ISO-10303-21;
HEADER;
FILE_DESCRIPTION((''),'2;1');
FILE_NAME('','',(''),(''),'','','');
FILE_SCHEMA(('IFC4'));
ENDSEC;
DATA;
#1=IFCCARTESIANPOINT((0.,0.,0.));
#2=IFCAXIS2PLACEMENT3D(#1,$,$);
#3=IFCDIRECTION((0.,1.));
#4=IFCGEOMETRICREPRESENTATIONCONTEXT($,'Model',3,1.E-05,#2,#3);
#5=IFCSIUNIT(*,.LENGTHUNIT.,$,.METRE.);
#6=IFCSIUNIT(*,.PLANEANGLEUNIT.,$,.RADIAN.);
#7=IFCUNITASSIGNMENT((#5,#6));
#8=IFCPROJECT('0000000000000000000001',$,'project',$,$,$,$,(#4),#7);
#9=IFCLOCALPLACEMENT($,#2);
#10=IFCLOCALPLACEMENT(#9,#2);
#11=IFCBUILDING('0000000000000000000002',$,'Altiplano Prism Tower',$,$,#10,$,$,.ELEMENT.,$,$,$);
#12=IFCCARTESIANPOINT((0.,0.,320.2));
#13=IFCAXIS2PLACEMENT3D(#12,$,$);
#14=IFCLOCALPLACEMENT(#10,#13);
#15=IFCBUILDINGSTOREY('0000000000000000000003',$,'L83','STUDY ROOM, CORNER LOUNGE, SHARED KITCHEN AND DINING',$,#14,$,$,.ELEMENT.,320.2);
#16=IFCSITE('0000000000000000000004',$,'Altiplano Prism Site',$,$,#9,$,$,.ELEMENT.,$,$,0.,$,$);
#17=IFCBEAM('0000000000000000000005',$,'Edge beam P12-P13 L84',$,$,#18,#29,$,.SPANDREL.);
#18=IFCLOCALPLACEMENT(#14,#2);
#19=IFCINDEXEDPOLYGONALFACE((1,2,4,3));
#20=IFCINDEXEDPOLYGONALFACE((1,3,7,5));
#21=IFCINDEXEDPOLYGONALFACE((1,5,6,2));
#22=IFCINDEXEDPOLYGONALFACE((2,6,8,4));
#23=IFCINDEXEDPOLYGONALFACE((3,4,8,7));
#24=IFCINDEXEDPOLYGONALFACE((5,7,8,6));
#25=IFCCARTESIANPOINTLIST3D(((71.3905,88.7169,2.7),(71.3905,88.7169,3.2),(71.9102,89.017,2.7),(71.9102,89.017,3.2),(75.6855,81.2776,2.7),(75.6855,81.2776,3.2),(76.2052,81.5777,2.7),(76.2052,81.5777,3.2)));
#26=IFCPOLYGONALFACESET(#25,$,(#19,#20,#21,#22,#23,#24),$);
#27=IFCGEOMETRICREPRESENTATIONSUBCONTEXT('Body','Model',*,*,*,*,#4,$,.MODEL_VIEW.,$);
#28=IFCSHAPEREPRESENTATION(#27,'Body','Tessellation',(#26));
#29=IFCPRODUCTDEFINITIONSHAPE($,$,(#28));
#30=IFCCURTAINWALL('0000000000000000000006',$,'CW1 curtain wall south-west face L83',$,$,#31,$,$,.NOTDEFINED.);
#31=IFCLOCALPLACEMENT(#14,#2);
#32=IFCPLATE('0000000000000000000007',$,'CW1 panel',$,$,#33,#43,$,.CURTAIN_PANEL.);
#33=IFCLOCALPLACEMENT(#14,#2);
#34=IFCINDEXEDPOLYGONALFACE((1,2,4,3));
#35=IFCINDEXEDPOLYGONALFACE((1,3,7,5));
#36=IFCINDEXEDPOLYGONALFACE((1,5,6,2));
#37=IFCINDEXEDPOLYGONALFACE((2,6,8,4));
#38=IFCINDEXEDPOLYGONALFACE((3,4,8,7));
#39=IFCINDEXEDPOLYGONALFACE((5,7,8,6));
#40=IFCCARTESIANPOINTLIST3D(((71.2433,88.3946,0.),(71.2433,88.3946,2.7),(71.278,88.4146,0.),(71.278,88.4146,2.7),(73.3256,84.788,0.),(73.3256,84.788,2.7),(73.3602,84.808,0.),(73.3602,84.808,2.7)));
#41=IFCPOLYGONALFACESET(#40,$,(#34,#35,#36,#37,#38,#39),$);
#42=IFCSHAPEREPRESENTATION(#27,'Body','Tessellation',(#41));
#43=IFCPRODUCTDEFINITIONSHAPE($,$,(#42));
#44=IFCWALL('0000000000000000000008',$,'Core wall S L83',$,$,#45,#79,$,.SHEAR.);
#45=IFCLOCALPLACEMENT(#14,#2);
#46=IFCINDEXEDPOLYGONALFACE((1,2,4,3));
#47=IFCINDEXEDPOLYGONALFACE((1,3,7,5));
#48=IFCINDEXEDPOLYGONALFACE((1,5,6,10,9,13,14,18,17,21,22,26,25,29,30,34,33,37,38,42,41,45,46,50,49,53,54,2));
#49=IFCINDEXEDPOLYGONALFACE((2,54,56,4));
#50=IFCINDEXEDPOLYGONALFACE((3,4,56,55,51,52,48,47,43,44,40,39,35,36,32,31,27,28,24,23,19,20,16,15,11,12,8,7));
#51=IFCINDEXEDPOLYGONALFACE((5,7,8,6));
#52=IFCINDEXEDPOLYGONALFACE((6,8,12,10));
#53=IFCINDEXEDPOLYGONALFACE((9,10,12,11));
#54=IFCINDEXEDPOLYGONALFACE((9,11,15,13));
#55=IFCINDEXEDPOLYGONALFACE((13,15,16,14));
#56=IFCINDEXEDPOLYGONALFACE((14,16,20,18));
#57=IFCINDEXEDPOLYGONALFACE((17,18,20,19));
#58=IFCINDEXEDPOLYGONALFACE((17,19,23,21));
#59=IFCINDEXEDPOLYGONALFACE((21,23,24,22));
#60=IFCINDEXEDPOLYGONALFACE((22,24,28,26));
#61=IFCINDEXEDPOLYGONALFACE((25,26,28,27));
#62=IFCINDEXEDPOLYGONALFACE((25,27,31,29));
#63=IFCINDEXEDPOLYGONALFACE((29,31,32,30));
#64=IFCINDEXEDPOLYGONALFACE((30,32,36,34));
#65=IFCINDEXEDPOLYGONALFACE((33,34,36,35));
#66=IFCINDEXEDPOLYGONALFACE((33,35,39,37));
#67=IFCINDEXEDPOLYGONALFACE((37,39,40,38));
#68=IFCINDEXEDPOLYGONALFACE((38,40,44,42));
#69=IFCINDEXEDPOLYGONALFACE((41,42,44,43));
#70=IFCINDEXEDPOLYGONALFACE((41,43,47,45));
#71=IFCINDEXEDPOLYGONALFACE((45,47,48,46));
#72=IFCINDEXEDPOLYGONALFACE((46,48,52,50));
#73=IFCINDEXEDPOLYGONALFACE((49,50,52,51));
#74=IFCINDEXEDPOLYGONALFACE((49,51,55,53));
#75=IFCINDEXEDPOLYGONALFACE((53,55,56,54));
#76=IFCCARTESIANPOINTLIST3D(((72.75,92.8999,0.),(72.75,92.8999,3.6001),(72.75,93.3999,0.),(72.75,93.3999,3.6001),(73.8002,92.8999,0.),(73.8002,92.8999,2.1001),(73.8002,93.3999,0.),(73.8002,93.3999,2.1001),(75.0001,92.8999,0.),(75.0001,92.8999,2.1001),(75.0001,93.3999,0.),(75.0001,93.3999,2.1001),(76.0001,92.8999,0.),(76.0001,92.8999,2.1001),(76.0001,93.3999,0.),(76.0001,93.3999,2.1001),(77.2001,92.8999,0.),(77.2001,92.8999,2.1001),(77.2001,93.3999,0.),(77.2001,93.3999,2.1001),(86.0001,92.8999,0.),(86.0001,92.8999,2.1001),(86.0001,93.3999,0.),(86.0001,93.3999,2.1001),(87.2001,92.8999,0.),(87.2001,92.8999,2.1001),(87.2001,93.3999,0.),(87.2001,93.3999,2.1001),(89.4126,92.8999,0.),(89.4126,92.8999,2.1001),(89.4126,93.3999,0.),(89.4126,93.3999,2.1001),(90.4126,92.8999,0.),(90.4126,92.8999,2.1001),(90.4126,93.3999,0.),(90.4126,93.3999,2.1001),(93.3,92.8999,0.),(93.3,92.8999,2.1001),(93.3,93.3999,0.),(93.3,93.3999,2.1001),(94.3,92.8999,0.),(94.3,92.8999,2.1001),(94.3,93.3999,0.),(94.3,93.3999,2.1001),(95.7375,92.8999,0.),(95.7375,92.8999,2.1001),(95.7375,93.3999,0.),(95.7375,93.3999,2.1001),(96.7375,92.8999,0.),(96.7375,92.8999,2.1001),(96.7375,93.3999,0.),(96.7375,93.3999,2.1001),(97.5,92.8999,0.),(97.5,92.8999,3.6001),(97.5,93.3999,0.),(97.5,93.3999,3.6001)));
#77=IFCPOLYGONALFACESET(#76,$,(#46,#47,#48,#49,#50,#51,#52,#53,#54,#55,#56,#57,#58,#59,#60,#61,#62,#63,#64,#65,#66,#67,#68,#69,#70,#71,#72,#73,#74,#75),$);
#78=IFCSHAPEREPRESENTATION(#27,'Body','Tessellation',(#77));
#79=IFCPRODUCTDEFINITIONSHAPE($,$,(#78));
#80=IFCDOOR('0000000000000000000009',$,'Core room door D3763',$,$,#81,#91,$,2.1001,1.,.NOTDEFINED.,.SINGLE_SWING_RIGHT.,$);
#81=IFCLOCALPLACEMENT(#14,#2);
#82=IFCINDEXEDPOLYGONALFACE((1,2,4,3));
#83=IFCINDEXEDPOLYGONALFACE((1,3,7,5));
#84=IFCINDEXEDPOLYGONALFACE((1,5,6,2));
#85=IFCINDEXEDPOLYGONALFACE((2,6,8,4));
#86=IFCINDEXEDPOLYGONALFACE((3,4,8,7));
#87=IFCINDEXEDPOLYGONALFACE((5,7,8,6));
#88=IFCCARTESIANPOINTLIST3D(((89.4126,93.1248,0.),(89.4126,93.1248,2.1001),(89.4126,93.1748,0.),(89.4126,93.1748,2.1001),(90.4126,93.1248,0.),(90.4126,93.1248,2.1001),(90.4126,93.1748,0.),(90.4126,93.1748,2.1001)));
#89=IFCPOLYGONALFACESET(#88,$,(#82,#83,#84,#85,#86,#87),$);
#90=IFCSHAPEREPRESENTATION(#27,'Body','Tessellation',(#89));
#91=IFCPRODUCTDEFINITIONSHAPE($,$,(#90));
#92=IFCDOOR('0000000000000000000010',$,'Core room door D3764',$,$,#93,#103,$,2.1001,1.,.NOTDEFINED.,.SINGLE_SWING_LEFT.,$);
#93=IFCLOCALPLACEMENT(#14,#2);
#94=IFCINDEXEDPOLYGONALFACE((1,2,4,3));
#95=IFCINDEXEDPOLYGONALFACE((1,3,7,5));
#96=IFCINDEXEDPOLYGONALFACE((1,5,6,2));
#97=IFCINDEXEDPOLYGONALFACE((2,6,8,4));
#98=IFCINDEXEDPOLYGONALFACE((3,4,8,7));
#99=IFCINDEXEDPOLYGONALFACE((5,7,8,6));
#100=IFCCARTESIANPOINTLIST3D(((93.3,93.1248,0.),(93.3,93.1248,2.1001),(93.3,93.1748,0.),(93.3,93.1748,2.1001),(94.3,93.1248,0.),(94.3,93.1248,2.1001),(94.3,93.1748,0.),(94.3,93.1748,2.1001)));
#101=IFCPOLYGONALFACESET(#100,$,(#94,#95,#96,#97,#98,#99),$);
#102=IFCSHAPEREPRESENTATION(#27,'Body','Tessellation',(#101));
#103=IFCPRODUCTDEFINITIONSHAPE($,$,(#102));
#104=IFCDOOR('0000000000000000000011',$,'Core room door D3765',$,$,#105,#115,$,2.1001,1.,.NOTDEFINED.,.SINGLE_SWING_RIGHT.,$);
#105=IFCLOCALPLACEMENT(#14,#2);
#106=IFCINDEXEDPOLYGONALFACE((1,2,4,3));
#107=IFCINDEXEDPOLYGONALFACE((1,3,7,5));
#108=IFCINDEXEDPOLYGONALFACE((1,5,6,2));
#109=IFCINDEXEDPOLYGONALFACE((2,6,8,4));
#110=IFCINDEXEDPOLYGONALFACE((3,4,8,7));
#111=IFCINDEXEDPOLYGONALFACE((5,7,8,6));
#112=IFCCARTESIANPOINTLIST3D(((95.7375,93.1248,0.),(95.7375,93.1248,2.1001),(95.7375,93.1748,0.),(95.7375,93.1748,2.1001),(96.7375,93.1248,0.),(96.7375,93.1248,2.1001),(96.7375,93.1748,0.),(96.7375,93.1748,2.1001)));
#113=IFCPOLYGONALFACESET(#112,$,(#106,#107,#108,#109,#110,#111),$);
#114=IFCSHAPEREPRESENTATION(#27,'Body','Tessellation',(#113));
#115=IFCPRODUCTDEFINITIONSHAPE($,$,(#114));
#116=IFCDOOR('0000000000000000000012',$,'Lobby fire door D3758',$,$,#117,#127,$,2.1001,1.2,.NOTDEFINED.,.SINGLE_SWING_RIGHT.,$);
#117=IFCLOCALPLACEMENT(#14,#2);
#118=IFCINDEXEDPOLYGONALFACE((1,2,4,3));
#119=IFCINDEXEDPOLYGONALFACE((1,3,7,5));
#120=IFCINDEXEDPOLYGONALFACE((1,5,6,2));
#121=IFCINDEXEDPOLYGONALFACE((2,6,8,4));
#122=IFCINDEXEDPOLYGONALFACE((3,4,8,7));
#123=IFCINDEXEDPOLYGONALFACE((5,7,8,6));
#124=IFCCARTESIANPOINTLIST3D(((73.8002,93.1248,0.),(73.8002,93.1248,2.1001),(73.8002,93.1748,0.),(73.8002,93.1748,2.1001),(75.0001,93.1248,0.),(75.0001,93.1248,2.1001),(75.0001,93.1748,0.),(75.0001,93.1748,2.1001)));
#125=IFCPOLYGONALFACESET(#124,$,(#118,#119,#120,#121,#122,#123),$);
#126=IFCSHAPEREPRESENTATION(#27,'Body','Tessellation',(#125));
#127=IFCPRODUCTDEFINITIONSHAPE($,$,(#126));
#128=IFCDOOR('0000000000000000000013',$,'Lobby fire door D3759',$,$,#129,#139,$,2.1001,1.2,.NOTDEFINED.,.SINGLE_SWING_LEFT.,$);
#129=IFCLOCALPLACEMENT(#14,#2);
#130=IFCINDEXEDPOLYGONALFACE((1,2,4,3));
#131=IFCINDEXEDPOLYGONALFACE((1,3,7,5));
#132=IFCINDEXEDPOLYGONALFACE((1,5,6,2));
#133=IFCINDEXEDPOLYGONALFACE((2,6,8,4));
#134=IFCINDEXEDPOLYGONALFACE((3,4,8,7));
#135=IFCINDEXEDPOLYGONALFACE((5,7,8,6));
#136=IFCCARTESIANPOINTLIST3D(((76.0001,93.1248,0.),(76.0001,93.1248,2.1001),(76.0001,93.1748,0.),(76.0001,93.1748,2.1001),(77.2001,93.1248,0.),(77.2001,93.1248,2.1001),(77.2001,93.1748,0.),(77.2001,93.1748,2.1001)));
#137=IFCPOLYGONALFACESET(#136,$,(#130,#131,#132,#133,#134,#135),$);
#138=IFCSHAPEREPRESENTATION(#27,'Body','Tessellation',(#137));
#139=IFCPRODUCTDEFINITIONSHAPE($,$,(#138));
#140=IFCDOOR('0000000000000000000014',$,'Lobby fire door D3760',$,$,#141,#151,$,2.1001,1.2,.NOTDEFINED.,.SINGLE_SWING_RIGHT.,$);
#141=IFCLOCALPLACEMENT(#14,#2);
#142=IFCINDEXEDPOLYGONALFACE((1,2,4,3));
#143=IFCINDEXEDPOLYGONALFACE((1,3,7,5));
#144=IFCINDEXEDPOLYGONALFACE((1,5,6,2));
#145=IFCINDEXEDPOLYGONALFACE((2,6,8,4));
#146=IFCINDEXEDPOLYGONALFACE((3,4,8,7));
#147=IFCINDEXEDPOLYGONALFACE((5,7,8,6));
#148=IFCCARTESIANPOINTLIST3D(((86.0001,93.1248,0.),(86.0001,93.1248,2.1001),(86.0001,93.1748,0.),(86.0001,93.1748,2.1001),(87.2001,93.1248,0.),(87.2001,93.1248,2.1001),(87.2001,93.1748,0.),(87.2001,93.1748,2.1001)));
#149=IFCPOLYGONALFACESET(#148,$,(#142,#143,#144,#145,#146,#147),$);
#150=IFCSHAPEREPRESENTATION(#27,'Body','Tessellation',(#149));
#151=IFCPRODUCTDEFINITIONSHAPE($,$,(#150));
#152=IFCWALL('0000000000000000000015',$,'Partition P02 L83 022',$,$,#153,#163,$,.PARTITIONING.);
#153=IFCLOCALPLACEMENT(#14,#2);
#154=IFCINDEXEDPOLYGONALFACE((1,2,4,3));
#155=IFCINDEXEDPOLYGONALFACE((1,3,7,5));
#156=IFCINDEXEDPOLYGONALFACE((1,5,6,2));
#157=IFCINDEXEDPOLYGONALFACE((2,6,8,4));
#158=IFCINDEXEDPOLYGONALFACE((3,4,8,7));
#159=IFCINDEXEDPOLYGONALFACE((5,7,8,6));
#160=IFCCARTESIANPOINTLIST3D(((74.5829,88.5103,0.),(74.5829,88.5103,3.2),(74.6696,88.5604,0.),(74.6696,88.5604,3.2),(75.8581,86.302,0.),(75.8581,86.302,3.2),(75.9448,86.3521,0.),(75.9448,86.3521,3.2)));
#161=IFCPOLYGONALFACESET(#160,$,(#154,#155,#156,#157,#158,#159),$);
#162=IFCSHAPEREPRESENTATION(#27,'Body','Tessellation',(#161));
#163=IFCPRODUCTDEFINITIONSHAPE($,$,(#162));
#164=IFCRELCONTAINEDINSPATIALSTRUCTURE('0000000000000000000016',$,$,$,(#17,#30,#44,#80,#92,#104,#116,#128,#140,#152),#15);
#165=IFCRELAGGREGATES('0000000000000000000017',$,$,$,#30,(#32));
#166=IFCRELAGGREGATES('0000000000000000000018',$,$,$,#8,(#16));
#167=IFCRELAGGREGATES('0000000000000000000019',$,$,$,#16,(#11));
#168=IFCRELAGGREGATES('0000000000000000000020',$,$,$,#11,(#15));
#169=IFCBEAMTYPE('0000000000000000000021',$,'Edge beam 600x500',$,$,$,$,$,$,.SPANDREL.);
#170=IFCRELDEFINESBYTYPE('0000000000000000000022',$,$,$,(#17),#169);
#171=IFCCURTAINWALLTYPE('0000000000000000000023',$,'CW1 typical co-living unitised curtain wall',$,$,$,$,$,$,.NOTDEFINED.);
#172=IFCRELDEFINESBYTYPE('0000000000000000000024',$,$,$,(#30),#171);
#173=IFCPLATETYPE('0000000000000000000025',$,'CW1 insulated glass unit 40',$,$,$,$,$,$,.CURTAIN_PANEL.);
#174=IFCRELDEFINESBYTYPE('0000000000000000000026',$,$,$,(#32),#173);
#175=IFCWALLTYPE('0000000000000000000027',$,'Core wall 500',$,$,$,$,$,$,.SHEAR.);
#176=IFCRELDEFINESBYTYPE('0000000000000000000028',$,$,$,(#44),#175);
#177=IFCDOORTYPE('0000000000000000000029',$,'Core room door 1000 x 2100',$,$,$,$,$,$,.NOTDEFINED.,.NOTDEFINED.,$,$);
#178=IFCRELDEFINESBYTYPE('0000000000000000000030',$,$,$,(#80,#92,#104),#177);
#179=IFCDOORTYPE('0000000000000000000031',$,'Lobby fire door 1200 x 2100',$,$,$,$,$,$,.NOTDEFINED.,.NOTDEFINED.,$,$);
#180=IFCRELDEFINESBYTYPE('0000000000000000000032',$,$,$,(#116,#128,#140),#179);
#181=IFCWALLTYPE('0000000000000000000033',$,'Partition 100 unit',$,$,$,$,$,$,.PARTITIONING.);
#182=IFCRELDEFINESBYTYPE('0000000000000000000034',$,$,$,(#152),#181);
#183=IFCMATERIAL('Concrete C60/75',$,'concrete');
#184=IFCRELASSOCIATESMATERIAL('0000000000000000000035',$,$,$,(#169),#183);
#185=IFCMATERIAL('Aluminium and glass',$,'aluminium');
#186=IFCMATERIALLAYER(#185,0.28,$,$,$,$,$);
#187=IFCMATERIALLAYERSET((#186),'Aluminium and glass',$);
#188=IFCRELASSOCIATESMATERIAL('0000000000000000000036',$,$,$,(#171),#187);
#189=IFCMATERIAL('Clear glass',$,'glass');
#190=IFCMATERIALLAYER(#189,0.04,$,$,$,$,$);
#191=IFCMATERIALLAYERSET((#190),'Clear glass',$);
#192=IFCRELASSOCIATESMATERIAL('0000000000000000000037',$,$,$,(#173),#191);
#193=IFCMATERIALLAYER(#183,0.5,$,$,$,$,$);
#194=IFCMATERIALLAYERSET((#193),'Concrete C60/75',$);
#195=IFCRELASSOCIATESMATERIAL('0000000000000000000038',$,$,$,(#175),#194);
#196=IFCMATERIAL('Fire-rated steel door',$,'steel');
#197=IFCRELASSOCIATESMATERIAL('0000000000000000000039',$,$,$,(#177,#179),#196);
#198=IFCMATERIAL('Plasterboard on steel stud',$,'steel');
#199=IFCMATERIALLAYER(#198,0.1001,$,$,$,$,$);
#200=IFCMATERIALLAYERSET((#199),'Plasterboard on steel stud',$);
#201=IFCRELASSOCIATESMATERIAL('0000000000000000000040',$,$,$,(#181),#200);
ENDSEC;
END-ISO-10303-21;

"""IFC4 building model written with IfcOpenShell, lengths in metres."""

from ifc_helpers import new_model, si_unit, direction, frame, frame_2d, origin, origin_2d, place, context, subcontext, project, spatial, rectangle, extrude, material, layer, layer_set, material_profile, profile_set, type_object, element, fill, aggregate, save


model = new_model("IFC4")

# Units and contexts
model_context = context("Model", 3, precision=1e-05, world=origin(), true_north=direction((0.0, 1.0)))
body_context = subcontext(model_context, "Body", "Model", "MODEL_VIEW")
ifc_project = project(units=[si_unit("LENGTHUNIT", "METRE"), si_unit("PLANEANGLEUNIT", "RADIAN")], contexts=[model_context])

# Site, building, storey
site_placement = place(None, origin())
site = spatial("IfcSite", under=ifc_project, at=site_placement, Name="Altiplano Prism Site", CompositionType="ELEMENT", RefElevation=0.0)
building_placement = place(site_placement, origin())
building = spatial("IfcBuilding", under=site, at=building_placement, Name="Altiplano Prism Tower", CompositionType="ELEMENT")
storey_placement = place(building_placement, frame((0.0, 0.0, 320.2)))
storey = spatial("IfcBuildingStorey", under=building, at=storey_placement, Name="L83", Description="STUDY ROOM, CORNER LOUNGE, SHARED KITCHEN AND DINING", CompositionType="ELEMENT", Elevation=320.2)

# Beam
ifc_material_1 = material(Name="Concrete C60/75", Category="concrete")
ifc_material_profile = material_profile(ifc_material_1, rectangle(XDim=0.6001, YDim=0.5, at=origin_2d()), Name="Edge beam 600x500")
ifc_profile_set = profile_set([ifc_material_profile], Name="Concrete C60/75")
beam_type = type_object("IfcBeamType", Name="Edge beam 600x500", PredefinedType="SPANDREL", material=ifc_profile_set)
beam_placement = place(storey_placement, frame((71.6504, 88.8669, 2.95), z_axis=(0.499991, -0.866031, 0.0), x_axis=(0.866031, 0.499991, 0.0)))
element("IfcBeam", 1, at=beam_placement, inside=storey, type_object=beam_type, Name="Edge beam P12-P13 L84", PredefinedType="SPANDREL", context=body_context, shape_type="SweptSolid", body=[
    extrude(rectangle(XDim=0.6001, YDim=0.5, at=origin_2d()), origin(), (0.0, 0.0, 1.0), 8.5901),
])

# Curtain wall, plate
ifc_material_2 = material(Name="Aluminium and glass", Category="aluminium")
ifc_layer_1 = layer(ifc_material_2, 0.28)
ifc_layer_set_1 = layer_set([ifc_layer_1], Name="Aluminium and glass")
curtain_wall_type = type_object("IfcCurtainWallType", Name="CW1 typical co-living unitised curtain wall", PredefinedType="NOTDEFINED", material=ifc_layer_set_1)
curtain_wall_placement = place(storey_placement, origin())
curtain_wall = element("IfcCurtainWall", 2, at=curtain_wall_placement, inside=storey, type_object=curtain_wall_type, Name="CW1 curtain wall south-west face L83", PredefinedType="NOTDEFINED")
ifc_material_3 = material(Name="Clear glass", Category="glass")
ifc_layer_2 = layer(ifc_material_3, 0.04)
ifc_layer_set_2 = layer_set([ifc_layer_2], Name="Clear glass")
plate_type = type_object("IfcPlateType", Name="CW1 insulated glass unit 40", PredefinedType="CURTAIN_PANEL", material=ifc_layer_set_2)
plate_placement = place(storey_placement, frame((72.3018, 86.6013, 0.0), z_axis=(0.0, 0.0, 1.0), x_axis=(0.5, -0.866025, 0.0)))
plate = element("IfcPlate", 3, at=plate_placement, type_object=plate_type, Name="CW1 panel", PredefinedType="CURTAIN_PANEL", context=body_context, shape_type="SweptSolid", body=[
    extrude(rectangle(XDim=4.1646, YDim=0.04, at=origin_2d()), origin(), (0.0, 0.0, 1.0), 2.7),
])
aggregate(curtain_wall, [plate])

# Wall, openings, doors
ifc_layer_3 = layer(ifc_material_1, 0.5)
ifc_layer_set_3 = layer_set([ifc_layer_3], Name="Concrete C60/75")
wall_type_1 = type_object("IfcWallType", Name="Core wall 500", PredefinedType="SHEAR", material=ifc_layer_set_3)
wall_1_placement = place(storey_placement, frame((72.75, 93.1499, 0.0), z_axis=(0.0, 0.0, 1.0), x_axis=(1.0, 0.0, 0.0)))
wall_1 = element("IfcWall", 4, at=wall_1_placement, inside=storey, type_object=wall_type_1, Name="Core wall S L83", PredefinedType="SHEAR", context=body_context, shape_type="SweptSolid", body=[
    extrude(rectangle(XDim=24.75, YDim=0.5, at=frame_2d((12.375, 0.0))), origin(), (0.0, 0.0, 1.0), 3.6001),
])
opening_1_placement = place(wall_1_placement, frame((1.05, 0.0, 0.0)))
opening_1 = element("IfcOpeningElement", 5, at=opening_1_placement, cuts=wall_1, PredefinedType="OPENING", context=body_context, shape_type="SweptSolid", body=[
    extrude(rectangle(XDim=1.2, YDim=2.1001, at=frame_2d((0.6001, 1.05))), frame((0.0, 0.2605, 0.0), z_axis=(0.0, -1.0, 0.0), x_axis=(1.0, 0.0, 0.0)), (0.0, 0.0, 1.0), 0.521),
])
opening_2_placement = place(wall_1_placement, frame((3.25, 0.0, 0.0)))
opening_2 = element("IfcOpeningElement", 6, at=opening_2_placement, cuts=wall_1, PredefinedType="OPENING", context=body_context, shape_type="SweptSolid", body=[
    extrude(rectangle(XDim=1.2, YDim=2.1001, at=frame_2d((0.6001, 1.05))), frame((0.0, 0.2605, 0.0), z_axis=(0.0, -1.0, 0.0), x_axis=(1.0, 0.0, 0.0)), (0.0, 0.0, 1.0), 0.521),
])
opening_3_placement = place(wall_1_placement, frame((13.25, 0.0, 0.0)))
opening_3 = element("IfcOpeningElement", 7, at=opening_3_placement, cuts=wall_1, PredefinedType="OPENING", context=body_context, shape_type="SweptSolid", body=[
    extrude(rectangle(XDim=1.2, YDim=2.1001, at=frame_2d((0.6001, 1.05))), frame((0.0, 0.2605, 0.0), z_axis=(0.0, -1.0, 0.0), x_axis=(1.0, 0.0, 0.0)), (0.0, 0.0, 1.0), 0.521),
])
opening_4_placement = place(wall_1_placement, frame((16.6626, 0.0, 0.0)))
opening_4 = element("IfcOpeningElement", 8, at=opening_4_placement, cuts=wall_1, PredefinedType="OPENING", context=body_context, shape_type="SweptSolid", body=[
    extrude(rectangle(XDim=1.0, YDim=2.1001, at=frame_2d((0.5, 1.05))), frame((0.0, 0.2605, 0.0), z_axis=(0.0, -1.0, 0.0), x_axis=(1.0, 0.0, 0.0)), (0.0, 0.0, 1.0), 0.521),
])
opening_5_placement = place(wall_1_placement, frame((20.55, 0.0, 0.0)))
opening_5 = element("IfcOpeningElement", 9, at=opening_5_placement, cuts=wall_1, PredefinedType="OPENING", context=body_context, shape_type="SweptSolid", body=[
    extrude(rectangle(XDim=1.0, YDim=2.1001, at=frame_2d((0.5, 1.05))), frame((0.0, 0.2605, 0.0), z_axis=(0.0, -1.0, 0.0), x_axis=(1.0, 0.0, 0.0)), (0.0, 0.0, 1.0), 0.521),
])
opening_6_placement = place(wall_1_placement, frame((22.9875, 0.0, 0.0)))
opening_6 = element("IfcOpeningElement", 10, at=opening_6_placement, cuts=wall_1, PredefinedType="OPENING", context=body_context, shape_type="SweptSolid", body=[
    extrude(rectangle(XDim=1.0, YDim=2.1001, at=frame_2d((0.5, 1.05))), frame((0.0, 0.2605, 0.0), z_axis=(0.0, -1.0, 0.0), x_axis=(1.0, 0.0, 0.0)), (0.0, 0.0, 1.0), 0.521),
])
ifc_material_4 = material(Name="Fire-rated steel door", Category="steel")
door_type_1 = type_object("IfcDoorType", Name="Core room door 1000 x 2100", OperationType="NOTDEFINED", PredefinedType="NOTDEFINED", material=ifc_material_4)
door_1_placement = place(opening_4_placement, origin())
door_1 = element("IfcDoor", 11, at=door_1_placement, inside=storey, type_object=door_type_1, Name="Core room door D3763", OperationType="SINGLE_SWING_RIGHT", OverallHeight=2.1001, OverallWidth=1.0, PredefinedType="NOTDEFINED", context=body_context, shape_type="SweptSolid", body=[
    extrude(rectangle(XDim=1.0, YDim=2.1001, at=frame_2d((0.5, 1.05))), frame((0.0, 0.0249, 0.0), z_axis=(0.0, -1.0, 0.0), x_axis=(1.0, 0.0, 0.0)), (0.0, 0.0, 1.0), 0.05),
])
fill(opening_4, door_1)
door_2_placement = place(opening_5_placement, origin())
door_2 = element("IfcDoor", 12, at=door_2_placement, inside=storey, type_object=door_type_1, Name="Core room door D3764", OperationType="SINGLE_SWING_LEFT", OverallHeight=2.1001, OverallWidth=1.0, PredefinedType="NOTDEFINED", context=body_context, shape_type="SweptSolid", body=[
    extrude(rectangle(XDim=1.0, YDim=2.1001, at=frame_2d((0.5, 1.05))), frame((0.0, 0.0249, 0.0), z_axis=(0.0, -1.0, 0.0), x_axis=(1.0, 0.0, 0.0)), (0.0, 0.0, 1.0), 0.05),
])
fill(opening_5, door_2)
door_3_placement = place(opening_6_placement, origin())
door_3 = element("IfcDoor", 13, at=door_3_placement, inside=storey, type_object=door_type_1, Name="Core room door D3765", OperationType="SINGLE_SWING_RIGHT", OverallHeight=2.1001, OverallWidth=1.0, PredefinedType="NOTDEFINED", context=body_context, shape_type="SweptSolid", body=[
    extrude(rectangle(XDim=1.0, YDim=2.1001, at=frame_2d((0.5, 1.05))), frame((0.0, 0.0249, 0.0), z_axis=(0.0, -1.0, 0.0), x_axis=(1.0, 0.0, 0.0)), (0.0, 0.0, 1.0), 0.05),
])
fill(opening_6, door_3)
door_type_2 = type_object("IfcDoorType", Name="Lobby fire door 1200 x 2100", OperationType="NOTDEFINED", PredefinedType="NOTDEFINED", material=ifc_material_4)
door_4_placement = place(opening_1_placement, origin())
door_4 = element("IfcDoor", 14, at=door_4_placement, inside=storey, type_object=door_type_2, Name="Lobby fire door D3758", OperationType="SINGLE_SWING_RIGHT", OverallHeight=2.1001, OverallWidth=1.2, PredefinedType="NOTDEFINED", context=body_context, shape_type="SweptSolid", body=[
    extrude(rectangle(XDim=1.2, YDim=2.1001, at=frame_2d((0.6001, 1.05))), frame((0.0, 0.0249, 0.0), z_axis=(0.0, -1.0, 0.0), x_axis=(1.0, 0.0, 0.0)), (0.0, 0.0, 1.0), 0.05),
])
fill(opening_1, door_4)
door_5_placement = place(opening_2_placement, origin())
door_5 = element("IfcDoor", 15, at=door_5_placement, inside=storey, type_object=door_type_2, Name="Lobby fire door D3759", OperationType="SINGLE_SWING_LEFT", OverallHeight=2.1001, OverallWidth=1.2, PredefinedType="NOTDEFINED", context=body_context, shape_type="SweptSolid", body=[
    extrude(rectangle(XDim=1.2, YDim=2.1001, at=frame_2d((0.6001, 1.05))), frame((0.0, 0.0249, 0.0), z_axis=(0.0, -1.0, 0.0), x_axis=(1.0, 0.0, 0.0)), (0.0, 0.0, 1.0), 0.05),
])
fill(opening_2, door_5)
door_6_placement = place(opening_3_placement, origin())
door_6 = element("IfcDoor", 16, at=door_6_placement, inside=storey, type_object=door_type_2, Name="Lobby fire door D3760", OperationType="SINGLE_SWING_RIGHT", OverallHeight=2.1001, OverallWidth=1.2, PredefinedType="NOTDEFINED", context=body_context, shape_type="SweptSolid", body=[
    extrude(rectangle(XDim=1.2, YDim=2.1001, at=frame_2d((0.6001, 1.05))), frame((0.0, 0.0249, 0.0), z_axis=(0.0, -1.0, 0.0), x_axis=(1.0, 0.0, 0.0)), (0.0, 0.0, 1.0), 0.05),
])
fill(opening_3, door_6)

# Wall
ifc_material_5 = material(Name="Plasterboard on steel stud", Category="steel")
ifc_layer_4 = layer(ifc_material_5, 0.1001)
ifc_layer_set_4 = layer_set([ifc_layer_4], Name="Plasterboard on steel stud")
wall_type_2 = type_object("IfcWallType", Name="Partition 100 unit", PredefinedType="PARTITIONING", material=ifc_layer_set_4)
wall_2_placement = place(storey_placement, frame((75.9014, 86.3271, 0.0), z_axis=(0.0, 0.0, 1.0), x_axis=(-0.500062, 0.865989, 0.0)))
element("IfcWall", 17, at=wall_2_placement, inside=storey, type_object=wall_type_2, Name="Partition P02 L83 022", PredefinedType="PARTITIONING", context=body_context, shape_type="SweptSolid", body=[
    extrude(rectangle(XDim=2.55, YDim=0.1001, at=frame_2d((1.2749, 0.0))), origin(), (0.0, 0.0, 1.0), 3.2),
])

save(model, "model.ifc")
